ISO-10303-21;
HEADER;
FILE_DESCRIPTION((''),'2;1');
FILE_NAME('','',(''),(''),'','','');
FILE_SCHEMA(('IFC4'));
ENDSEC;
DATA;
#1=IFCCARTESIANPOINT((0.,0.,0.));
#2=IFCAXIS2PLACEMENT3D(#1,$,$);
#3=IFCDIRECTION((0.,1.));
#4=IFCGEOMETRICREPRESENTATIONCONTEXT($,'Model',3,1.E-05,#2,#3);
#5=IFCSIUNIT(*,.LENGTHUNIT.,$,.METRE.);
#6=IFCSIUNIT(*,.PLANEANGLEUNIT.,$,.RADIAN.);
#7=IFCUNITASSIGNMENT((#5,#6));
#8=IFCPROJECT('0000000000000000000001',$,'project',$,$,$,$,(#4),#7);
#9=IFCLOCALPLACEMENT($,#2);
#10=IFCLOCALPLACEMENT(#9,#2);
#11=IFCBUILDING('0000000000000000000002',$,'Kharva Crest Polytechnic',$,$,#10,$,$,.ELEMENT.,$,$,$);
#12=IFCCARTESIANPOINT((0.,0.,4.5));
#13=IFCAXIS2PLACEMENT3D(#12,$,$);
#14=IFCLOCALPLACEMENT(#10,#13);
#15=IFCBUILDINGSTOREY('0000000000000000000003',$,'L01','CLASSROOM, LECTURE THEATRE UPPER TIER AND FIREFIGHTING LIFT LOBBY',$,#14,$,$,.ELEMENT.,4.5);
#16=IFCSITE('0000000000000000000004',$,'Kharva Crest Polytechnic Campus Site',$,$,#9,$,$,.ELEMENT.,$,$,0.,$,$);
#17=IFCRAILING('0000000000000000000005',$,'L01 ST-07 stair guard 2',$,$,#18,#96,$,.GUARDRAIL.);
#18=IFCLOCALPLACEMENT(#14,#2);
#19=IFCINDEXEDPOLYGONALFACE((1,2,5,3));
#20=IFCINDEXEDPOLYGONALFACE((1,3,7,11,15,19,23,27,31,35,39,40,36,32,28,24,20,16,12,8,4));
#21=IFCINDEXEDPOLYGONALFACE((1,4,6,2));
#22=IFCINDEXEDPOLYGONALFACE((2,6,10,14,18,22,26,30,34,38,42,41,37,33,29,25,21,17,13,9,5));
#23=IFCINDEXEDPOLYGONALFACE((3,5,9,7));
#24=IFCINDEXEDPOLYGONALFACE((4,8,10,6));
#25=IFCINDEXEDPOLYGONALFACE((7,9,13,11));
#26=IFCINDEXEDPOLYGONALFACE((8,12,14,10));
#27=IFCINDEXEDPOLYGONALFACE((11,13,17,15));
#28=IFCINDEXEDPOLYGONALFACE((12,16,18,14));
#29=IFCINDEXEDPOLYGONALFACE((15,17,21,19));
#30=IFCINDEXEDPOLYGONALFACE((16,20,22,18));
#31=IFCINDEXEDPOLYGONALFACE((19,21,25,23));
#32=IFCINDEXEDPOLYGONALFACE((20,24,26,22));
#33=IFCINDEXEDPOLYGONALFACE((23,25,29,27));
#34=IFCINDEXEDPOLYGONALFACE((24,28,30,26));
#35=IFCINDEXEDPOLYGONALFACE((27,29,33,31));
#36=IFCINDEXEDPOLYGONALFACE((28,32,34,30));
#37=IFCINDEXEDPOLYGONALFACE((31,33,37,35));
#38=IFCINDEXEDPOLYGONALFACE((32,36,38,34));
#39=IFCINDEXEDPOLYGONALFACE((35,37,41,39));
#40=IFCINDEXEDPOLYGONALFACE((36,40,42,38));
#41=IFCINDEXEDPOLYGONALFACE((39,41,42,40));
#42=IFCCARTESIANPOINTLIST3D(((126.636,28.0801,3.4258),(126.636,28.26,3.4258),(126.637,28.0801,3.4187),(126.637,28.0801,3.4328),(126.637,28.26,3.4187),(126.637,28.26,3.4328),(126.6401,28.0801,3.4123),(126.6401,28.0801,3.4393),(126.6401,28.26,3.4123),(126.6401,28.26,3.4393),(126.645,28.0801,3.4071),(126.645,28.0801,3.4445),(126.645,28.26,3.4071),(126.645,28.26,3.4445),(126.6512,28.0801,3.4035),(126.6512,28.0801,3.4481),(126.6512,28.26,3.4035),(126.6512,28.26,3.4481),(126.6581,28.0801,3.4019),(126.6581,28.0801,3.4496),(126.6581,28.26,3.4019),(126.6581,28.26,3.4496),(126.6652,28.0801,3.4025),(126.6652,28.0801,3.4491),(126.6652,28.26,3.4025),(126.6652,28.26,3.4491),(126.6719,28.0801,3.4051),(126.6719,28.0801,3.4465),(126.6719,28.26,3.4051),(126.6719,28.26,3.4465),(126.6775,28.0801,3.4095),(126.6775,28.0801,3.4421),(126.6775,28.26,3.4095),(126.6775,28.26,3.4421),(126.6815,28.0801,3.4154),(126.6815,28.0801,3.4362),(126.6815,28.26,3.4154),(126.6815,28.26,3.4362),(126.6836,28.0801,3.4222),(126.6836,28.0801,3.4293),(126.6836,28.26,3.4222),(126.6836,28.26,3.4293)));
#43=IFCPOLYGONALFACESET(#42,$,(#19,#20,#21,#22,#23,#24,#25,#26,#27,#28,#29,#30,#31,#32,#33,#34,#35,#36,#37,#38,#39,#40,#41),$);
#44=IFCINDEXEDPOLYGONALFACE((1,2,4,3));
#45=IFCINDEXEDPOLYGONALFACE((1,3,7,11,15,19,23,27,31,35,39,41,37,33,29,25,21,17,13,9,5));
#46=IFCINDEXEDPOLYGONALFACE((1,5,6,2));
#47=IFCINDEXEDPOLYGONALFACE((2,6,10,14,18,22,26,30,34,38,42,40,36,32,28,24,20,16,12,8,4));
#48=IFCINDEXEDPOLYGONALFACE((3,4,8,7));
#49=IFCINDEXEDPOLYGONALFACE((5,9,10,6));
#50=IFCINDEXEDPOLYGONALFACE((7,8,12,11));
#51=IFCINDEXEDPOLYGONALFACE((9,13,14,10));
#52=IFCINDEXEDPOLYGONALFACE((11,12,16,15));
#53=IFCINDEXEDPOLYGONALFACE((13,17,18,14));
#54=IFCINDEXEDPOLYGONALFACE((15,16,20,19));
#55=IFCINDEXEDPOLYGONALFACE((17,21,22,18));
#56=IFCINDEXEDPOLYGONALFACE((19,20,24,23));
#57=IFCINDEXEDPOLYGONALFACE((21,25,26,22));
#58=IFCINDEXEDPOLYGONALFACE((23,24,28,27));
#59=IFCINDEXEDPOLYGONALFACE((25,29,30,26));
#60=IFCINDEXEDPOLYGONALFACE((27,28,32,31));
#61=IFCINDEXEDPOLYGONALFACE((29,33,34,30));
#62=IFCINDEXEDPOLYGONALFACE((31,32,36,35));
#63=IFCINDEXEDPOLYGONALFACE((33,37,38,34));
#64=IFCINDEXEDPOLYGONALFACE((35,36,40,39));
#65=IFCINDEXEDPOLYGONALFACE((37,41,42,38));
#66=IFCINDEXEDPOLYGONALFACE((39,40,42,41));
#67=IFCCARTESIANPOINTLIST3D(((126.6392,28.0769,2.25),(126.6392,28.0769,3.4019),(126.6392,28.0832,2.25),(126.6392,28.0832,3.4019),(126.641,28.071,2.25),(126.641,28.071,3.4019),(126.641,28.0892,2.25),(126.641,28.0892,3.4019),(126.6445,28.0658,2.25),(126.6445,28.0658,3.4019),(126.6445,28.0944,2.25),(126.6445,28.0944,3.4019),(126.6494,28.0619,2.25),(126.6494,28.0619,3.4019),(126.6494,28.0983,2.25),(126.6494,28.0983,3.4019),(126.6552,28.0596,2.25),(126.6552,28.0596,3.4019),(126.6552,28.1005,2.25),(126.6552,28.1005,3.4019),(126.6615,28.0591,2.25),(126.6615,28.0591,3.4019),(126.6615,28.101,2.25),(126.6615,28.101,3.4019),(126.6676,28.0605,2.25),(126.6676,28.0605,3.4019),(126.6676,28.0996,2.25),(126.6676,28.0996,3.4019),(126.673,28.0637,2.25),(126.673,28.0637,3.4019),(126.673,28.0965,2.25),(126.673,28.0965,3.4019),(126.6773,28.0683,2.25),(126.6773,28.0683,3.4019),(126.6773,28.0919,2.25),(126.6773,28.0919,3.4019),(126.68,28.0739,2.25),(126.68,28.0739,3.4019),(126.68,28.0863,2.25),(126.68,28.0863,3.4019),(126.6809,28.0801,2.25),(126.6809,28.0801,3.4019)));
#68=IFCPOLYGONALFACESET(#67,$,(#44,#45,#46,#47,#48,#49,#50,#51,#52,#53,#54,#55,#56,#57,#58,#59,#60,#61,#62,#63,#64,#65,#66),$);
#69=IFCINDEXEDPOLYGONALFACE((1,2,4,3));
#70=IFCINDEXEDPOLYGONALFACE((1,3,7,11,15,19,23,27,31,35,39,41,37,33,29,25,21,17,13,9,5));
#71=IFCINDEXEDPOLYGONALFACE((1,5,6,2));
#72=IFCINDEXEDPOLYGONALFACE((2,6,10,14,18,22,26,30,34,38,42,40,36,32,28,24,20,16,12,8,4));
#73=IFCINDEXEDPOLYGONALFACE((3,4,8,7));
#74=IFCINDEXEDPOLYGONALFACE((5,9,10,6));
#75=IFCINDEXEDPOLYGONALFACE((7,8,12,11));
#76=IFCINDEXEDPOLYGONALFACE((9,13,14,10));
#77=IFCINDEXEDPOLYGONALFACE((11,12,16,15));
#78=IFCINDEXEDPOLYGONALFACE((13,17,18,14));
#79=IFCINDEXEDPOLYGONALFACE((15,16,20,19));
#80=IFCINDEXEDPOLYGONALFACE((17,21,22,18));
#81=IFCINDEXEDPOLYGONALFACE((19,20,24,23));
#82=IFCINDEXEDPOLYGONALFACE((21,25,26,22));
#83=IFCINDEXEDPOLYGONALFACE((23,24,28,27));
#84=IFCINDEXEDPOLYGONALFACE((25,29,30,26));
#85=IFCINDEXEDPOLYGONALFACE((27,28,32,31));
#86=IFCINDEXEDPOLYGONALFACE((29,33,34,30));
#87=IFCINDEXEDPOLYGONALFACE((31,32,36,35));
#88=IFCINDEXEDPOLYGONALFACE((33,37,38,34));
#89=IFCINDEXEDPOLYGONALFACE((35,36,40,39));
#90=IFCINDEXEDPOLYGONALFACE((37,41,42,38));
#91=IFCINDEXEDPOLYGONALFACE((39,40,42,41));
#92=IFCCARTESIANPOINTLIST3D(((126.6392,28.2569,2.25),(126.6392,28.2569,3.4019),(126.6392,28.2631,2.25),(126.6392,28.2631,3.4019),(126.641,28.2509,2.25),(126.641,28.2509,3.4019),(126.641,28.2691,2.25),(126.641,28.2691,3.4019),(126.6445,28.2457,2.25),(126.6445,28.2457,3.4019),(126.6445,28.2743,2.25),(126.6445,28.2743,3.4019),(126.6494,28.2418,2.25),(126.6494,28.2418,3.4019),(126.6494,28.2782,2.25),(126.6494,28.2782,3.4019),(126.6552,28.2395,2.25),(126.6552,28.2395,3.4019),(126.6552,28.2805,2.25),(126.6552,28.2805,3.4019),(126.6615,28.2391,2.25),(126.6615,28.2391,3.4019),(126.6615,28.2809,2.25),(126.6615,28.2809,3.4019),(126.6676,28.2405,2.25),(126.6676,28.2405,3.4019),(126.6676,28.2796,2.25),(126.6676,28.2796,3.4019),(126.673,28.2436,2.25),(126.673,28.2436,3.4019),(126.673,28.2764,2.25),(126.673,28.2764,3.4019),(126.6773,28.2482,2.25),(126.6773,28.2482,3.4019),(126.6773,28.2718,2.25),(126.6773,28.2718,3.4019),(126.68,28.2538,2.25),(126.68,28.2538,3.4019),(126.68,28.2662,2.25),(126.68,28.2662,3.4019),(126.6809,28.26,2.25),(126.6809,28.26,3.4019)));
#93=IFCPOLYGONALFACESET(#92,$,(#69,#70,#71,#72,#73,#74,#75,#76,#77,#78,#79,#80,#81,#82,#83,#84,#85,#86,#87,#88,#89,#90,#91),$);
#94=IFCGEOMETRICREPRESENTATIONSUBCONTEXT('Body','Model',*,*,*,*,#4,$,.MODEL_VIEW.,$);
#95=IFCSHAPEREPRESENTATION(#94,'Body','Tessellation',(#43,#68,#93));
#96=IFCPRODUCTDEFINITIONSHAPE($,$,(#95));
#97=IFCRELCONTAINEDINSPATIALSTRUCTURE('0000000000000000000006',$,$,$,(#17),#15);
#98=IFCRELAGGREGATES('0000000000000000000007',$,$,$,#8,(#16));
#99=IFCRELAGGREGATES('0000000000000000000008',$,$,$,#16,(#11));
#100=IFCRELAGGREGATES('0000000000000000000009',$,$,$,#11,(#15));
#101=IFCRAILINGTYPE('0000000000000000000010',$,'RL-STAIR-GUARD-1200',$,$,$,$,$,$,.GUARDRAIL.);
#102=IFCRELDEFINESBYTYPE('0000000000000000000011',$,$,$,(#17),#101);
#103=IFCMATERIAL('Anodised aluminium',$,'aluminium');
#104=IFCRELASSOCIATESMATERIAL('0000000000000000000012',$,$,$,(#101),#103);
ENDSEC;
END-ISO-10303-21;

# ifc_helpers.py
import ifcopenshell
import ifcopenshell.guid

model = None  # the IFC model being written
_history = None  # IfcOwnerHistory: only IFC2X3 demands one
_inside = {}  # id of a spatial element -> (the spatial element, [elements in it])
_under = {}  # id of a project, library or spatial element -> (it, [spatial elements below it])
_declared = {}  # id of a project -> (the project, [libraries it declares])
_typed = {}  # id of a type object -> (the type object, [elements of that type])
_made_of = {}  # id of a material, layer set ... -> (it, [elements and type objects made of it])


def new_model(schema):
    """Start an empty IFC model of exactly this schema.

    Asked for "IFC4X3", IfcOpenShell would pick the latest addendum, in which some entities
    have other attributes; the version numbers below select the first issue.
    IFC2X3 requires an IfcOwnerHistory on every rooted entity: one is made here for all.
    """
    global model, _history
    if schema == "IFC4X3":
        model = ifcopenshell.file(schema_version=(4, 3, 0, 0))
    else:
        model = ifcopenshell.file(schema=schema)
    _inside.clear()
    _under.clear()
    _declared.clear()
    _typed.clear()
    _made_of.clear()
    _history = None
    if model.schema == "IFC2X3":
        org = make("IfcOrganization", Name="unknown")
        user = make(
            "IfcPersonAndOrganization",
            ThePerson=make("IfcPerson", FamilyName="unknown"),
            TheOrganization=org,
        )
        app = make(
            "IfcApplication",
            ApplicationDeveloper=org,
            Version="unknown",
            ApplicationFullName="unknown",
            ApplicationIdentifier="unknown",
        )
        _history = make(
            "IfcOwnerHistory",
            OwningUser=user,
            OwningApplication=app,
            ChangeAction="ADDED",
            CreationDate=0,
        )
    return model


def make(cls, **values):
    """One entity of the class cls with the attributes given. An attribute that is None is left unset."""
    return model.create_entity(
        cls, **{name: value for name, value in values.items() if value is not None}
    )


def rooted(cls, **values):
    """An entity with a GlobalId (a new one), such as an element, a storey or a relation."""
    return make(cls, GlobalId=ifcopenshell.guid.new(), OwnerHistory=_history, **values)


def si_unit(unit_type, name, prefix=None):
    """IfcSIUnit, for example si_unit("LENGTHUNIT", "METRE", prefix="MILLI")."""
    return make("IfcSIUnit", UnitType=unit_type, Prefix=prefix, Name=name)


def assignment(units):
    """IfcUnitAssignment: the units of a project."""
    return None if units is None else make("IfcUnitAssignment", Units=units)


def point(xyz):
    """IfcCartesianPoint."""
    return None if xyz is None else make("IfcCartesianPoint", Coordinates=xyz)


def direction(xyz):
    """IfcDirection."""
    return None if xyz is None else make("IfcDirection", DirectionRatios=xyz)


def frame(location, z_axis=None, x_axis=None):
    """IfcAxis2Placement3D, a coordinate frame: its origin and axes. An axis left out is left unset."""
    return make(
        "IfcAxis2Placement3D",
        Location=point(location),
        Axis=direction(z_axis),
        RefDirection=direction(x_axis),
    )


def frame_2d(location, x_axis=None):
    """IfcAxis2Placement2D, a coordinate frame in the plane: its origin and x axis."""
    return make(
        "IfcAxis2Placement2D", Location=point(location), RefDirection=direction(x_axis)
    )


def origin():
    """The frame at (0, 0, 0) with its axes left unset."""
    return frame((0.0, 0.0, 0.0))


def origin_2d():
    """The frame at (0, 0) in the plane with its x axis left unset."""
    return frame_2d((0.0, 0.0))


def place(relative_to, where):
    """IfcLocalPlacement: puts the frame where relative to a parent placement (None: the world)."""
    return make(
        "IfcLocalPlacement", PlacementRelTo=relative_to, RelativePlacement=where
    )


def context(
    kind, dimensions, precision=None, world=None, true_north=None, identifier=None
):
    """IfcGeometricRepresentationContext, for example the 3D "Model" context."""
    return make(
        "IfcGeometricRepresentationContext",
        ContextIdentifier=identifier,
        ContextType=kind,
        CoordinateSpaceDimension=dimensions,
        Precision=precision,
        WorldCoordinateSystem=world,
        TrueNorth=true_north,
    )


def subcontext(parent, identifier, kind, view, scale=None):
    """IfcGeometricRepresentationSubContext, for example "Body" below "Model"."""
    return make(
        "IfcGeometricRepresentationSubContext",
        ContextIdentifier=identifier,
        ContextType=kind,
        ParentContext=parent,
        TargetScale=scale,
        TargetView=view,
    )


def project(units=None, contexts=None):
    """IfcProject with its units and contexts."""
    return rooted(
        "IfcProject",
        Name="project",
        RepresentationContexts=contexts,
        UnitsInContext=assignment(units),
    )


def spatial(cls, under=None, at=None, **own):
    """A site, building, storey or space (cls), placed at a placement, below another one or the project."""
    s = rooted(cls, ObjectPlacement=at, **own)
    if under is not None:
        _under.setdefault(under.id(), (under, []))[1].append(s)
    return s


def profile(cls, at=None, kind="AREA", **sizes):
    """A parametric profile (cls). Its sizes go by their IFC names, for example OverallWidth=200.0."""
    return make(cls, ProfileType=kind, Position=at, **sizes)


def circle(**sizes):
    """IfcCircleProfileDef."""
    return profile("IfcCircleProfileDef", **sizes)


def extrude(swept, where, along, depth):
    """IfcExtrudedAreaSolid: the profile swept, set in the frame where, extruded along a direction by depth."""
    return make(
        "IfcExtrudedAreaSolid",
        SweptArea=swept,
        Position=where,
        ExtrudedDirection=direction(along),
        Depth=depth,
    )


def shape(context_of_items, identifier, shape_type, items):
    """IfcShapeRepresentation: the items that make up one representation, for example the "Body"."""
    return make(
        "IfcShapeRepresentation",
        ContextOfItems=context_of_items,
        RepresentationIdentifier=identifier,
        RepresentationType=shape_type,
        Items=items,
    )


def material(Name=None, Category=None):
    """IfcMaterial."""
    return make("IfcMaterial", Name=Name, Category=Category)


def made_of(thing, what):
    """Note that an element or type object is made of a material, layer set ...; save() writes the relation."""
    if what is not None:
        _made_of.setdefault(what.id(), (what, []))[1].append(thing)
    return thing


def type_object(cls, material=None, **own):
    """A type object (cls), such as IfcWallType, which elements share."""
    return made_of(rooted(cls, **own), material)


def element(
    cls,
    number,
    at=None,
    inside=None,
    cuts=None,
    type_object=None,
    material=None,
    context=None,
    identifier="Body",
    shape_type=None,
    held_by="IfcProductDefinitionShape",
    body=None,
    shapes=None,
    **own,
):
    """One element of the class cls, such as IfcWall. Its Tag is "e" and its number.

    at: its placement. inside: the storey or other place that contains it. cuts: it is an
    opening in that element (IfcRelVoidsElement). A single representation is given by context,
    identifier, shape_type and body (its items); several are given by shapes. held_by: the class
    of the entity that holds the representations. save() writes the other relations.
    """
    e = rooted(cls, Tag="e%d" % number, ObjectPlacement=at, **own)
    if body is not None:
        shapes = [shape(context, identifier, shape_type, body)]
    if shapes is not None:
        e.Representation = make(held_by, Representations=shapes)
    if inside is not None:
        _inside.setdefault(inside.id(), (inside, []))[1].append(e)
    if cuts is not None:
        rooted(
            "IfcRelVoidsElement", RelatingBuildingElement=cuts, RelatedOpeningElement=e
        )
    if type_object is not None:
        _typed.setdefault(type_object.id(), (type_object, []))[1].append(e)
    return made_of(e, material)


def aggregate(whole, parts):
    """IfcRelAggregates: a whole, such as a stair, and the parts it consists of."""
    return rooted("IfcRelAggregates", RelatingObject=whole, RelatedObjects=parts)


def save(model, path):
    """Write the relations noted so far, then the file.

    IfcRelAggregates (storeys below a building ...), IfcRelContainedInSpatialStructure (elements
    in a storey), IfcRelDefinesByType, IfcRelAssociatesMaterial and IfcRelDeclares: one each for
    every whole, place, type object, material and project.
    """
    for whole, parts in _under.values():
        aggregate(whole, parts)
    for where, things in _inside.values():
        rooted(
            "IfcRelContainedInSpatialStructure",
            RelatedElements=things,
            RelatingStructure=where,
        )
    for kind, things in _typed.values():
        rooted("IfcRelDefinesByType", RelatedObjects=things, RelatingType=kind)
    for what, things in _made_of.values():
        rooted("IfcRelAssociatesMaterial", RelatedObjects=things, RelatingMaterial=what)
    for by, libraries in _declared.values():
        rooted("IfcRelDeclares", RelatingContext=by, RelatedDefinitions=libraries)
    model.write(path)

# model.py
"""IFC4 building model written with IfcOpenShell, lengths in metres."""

from ifc_helpers import new_model, si_unit, direction, frame, origin, origin_2d, place, context, subcontext, project, spatial, circle, extrude, material, type_object, element, save


model = new_model("IFC4")

# Units and contexts
model_context = context("Model", 3, precision=1e-05, world=origin(), true_north=direction((0.0, 1.0)))
body_context = subcontext(model_context, "Body", "Model", "MODEL_VIEW")
ifc_project = project(units=[si_unit("LENGTHUNIT", "METRE"), si_unit("PLANEANGLEUNIT", "RADIAN")], contexts=[model_context])

# Site, building, storey
site_placement = place(None, origin())
site = spatial("IfcSite", under=ifc_project, at=site_placement, Name="Kharva Crest Polytechnic Campus Site", CompositionType="ELEMENT", RefElevation=0.0)
building_placement = place(site_placement, origin())
building = spatial("IfcBuilding", under=site, at=building_placement, Name="Kharva Crest Polytechnic", CompositionType="ELEMENT")
storey_placement = place(building_placement, frame((0.0, 0.0, 4.5)))
storey = spatial("IfcBuildingStorey", under=building, at=storey_placement, Name="L01", Description="CLASSROOM, LECTURE THEATRE UPPER TIER AND FIREFIGHTING LIFT LOBBY", CompositionType="ELEMENT", Elevation=4.5)

# Railing
ifc_material_1 = material(Name="Anodised aluminium", Category="aluminium")
railing_type_1 = type_object("IfcRailingType", Name="RL-STAIR-GUARD-1200", PredefinedType="GUARDRAIL", material=ifc_material_1)
railing_1_placement = place(storey_placement, frame((126.6599, 28.0801, 2.25)))
element("IfcRailing", 1, at=railing_1_placement, inside=storey, type_object=railing_type_1, Name="L01 ST-07 stair guard 2", PredefinedType="GUARDRAIL", context=body_context, shape_type="SweptSolid", body=[
    extrude(circle(Radius=0.0239, at=origin_2d()), frame((0.0, 0.0, 1.1758), z_axis=(0.0, 1.0, 0.0), x_axis=(-1.0, 0.0, 0.0)), (0.0, 0.0, 1.0), 0.1799),
    extrude(circle(Radius=0.021, at=origin_2d()), origin(), (0.0, 0.0, 1.0), 1.1519),
    extrude(circle(Radius=0.021, at=origin_2d()), frame((0.0, 0.1799, 0.0)), (0.0, 0.0, 1.0), 1.1519),
])

save(model, "model.ifc")
